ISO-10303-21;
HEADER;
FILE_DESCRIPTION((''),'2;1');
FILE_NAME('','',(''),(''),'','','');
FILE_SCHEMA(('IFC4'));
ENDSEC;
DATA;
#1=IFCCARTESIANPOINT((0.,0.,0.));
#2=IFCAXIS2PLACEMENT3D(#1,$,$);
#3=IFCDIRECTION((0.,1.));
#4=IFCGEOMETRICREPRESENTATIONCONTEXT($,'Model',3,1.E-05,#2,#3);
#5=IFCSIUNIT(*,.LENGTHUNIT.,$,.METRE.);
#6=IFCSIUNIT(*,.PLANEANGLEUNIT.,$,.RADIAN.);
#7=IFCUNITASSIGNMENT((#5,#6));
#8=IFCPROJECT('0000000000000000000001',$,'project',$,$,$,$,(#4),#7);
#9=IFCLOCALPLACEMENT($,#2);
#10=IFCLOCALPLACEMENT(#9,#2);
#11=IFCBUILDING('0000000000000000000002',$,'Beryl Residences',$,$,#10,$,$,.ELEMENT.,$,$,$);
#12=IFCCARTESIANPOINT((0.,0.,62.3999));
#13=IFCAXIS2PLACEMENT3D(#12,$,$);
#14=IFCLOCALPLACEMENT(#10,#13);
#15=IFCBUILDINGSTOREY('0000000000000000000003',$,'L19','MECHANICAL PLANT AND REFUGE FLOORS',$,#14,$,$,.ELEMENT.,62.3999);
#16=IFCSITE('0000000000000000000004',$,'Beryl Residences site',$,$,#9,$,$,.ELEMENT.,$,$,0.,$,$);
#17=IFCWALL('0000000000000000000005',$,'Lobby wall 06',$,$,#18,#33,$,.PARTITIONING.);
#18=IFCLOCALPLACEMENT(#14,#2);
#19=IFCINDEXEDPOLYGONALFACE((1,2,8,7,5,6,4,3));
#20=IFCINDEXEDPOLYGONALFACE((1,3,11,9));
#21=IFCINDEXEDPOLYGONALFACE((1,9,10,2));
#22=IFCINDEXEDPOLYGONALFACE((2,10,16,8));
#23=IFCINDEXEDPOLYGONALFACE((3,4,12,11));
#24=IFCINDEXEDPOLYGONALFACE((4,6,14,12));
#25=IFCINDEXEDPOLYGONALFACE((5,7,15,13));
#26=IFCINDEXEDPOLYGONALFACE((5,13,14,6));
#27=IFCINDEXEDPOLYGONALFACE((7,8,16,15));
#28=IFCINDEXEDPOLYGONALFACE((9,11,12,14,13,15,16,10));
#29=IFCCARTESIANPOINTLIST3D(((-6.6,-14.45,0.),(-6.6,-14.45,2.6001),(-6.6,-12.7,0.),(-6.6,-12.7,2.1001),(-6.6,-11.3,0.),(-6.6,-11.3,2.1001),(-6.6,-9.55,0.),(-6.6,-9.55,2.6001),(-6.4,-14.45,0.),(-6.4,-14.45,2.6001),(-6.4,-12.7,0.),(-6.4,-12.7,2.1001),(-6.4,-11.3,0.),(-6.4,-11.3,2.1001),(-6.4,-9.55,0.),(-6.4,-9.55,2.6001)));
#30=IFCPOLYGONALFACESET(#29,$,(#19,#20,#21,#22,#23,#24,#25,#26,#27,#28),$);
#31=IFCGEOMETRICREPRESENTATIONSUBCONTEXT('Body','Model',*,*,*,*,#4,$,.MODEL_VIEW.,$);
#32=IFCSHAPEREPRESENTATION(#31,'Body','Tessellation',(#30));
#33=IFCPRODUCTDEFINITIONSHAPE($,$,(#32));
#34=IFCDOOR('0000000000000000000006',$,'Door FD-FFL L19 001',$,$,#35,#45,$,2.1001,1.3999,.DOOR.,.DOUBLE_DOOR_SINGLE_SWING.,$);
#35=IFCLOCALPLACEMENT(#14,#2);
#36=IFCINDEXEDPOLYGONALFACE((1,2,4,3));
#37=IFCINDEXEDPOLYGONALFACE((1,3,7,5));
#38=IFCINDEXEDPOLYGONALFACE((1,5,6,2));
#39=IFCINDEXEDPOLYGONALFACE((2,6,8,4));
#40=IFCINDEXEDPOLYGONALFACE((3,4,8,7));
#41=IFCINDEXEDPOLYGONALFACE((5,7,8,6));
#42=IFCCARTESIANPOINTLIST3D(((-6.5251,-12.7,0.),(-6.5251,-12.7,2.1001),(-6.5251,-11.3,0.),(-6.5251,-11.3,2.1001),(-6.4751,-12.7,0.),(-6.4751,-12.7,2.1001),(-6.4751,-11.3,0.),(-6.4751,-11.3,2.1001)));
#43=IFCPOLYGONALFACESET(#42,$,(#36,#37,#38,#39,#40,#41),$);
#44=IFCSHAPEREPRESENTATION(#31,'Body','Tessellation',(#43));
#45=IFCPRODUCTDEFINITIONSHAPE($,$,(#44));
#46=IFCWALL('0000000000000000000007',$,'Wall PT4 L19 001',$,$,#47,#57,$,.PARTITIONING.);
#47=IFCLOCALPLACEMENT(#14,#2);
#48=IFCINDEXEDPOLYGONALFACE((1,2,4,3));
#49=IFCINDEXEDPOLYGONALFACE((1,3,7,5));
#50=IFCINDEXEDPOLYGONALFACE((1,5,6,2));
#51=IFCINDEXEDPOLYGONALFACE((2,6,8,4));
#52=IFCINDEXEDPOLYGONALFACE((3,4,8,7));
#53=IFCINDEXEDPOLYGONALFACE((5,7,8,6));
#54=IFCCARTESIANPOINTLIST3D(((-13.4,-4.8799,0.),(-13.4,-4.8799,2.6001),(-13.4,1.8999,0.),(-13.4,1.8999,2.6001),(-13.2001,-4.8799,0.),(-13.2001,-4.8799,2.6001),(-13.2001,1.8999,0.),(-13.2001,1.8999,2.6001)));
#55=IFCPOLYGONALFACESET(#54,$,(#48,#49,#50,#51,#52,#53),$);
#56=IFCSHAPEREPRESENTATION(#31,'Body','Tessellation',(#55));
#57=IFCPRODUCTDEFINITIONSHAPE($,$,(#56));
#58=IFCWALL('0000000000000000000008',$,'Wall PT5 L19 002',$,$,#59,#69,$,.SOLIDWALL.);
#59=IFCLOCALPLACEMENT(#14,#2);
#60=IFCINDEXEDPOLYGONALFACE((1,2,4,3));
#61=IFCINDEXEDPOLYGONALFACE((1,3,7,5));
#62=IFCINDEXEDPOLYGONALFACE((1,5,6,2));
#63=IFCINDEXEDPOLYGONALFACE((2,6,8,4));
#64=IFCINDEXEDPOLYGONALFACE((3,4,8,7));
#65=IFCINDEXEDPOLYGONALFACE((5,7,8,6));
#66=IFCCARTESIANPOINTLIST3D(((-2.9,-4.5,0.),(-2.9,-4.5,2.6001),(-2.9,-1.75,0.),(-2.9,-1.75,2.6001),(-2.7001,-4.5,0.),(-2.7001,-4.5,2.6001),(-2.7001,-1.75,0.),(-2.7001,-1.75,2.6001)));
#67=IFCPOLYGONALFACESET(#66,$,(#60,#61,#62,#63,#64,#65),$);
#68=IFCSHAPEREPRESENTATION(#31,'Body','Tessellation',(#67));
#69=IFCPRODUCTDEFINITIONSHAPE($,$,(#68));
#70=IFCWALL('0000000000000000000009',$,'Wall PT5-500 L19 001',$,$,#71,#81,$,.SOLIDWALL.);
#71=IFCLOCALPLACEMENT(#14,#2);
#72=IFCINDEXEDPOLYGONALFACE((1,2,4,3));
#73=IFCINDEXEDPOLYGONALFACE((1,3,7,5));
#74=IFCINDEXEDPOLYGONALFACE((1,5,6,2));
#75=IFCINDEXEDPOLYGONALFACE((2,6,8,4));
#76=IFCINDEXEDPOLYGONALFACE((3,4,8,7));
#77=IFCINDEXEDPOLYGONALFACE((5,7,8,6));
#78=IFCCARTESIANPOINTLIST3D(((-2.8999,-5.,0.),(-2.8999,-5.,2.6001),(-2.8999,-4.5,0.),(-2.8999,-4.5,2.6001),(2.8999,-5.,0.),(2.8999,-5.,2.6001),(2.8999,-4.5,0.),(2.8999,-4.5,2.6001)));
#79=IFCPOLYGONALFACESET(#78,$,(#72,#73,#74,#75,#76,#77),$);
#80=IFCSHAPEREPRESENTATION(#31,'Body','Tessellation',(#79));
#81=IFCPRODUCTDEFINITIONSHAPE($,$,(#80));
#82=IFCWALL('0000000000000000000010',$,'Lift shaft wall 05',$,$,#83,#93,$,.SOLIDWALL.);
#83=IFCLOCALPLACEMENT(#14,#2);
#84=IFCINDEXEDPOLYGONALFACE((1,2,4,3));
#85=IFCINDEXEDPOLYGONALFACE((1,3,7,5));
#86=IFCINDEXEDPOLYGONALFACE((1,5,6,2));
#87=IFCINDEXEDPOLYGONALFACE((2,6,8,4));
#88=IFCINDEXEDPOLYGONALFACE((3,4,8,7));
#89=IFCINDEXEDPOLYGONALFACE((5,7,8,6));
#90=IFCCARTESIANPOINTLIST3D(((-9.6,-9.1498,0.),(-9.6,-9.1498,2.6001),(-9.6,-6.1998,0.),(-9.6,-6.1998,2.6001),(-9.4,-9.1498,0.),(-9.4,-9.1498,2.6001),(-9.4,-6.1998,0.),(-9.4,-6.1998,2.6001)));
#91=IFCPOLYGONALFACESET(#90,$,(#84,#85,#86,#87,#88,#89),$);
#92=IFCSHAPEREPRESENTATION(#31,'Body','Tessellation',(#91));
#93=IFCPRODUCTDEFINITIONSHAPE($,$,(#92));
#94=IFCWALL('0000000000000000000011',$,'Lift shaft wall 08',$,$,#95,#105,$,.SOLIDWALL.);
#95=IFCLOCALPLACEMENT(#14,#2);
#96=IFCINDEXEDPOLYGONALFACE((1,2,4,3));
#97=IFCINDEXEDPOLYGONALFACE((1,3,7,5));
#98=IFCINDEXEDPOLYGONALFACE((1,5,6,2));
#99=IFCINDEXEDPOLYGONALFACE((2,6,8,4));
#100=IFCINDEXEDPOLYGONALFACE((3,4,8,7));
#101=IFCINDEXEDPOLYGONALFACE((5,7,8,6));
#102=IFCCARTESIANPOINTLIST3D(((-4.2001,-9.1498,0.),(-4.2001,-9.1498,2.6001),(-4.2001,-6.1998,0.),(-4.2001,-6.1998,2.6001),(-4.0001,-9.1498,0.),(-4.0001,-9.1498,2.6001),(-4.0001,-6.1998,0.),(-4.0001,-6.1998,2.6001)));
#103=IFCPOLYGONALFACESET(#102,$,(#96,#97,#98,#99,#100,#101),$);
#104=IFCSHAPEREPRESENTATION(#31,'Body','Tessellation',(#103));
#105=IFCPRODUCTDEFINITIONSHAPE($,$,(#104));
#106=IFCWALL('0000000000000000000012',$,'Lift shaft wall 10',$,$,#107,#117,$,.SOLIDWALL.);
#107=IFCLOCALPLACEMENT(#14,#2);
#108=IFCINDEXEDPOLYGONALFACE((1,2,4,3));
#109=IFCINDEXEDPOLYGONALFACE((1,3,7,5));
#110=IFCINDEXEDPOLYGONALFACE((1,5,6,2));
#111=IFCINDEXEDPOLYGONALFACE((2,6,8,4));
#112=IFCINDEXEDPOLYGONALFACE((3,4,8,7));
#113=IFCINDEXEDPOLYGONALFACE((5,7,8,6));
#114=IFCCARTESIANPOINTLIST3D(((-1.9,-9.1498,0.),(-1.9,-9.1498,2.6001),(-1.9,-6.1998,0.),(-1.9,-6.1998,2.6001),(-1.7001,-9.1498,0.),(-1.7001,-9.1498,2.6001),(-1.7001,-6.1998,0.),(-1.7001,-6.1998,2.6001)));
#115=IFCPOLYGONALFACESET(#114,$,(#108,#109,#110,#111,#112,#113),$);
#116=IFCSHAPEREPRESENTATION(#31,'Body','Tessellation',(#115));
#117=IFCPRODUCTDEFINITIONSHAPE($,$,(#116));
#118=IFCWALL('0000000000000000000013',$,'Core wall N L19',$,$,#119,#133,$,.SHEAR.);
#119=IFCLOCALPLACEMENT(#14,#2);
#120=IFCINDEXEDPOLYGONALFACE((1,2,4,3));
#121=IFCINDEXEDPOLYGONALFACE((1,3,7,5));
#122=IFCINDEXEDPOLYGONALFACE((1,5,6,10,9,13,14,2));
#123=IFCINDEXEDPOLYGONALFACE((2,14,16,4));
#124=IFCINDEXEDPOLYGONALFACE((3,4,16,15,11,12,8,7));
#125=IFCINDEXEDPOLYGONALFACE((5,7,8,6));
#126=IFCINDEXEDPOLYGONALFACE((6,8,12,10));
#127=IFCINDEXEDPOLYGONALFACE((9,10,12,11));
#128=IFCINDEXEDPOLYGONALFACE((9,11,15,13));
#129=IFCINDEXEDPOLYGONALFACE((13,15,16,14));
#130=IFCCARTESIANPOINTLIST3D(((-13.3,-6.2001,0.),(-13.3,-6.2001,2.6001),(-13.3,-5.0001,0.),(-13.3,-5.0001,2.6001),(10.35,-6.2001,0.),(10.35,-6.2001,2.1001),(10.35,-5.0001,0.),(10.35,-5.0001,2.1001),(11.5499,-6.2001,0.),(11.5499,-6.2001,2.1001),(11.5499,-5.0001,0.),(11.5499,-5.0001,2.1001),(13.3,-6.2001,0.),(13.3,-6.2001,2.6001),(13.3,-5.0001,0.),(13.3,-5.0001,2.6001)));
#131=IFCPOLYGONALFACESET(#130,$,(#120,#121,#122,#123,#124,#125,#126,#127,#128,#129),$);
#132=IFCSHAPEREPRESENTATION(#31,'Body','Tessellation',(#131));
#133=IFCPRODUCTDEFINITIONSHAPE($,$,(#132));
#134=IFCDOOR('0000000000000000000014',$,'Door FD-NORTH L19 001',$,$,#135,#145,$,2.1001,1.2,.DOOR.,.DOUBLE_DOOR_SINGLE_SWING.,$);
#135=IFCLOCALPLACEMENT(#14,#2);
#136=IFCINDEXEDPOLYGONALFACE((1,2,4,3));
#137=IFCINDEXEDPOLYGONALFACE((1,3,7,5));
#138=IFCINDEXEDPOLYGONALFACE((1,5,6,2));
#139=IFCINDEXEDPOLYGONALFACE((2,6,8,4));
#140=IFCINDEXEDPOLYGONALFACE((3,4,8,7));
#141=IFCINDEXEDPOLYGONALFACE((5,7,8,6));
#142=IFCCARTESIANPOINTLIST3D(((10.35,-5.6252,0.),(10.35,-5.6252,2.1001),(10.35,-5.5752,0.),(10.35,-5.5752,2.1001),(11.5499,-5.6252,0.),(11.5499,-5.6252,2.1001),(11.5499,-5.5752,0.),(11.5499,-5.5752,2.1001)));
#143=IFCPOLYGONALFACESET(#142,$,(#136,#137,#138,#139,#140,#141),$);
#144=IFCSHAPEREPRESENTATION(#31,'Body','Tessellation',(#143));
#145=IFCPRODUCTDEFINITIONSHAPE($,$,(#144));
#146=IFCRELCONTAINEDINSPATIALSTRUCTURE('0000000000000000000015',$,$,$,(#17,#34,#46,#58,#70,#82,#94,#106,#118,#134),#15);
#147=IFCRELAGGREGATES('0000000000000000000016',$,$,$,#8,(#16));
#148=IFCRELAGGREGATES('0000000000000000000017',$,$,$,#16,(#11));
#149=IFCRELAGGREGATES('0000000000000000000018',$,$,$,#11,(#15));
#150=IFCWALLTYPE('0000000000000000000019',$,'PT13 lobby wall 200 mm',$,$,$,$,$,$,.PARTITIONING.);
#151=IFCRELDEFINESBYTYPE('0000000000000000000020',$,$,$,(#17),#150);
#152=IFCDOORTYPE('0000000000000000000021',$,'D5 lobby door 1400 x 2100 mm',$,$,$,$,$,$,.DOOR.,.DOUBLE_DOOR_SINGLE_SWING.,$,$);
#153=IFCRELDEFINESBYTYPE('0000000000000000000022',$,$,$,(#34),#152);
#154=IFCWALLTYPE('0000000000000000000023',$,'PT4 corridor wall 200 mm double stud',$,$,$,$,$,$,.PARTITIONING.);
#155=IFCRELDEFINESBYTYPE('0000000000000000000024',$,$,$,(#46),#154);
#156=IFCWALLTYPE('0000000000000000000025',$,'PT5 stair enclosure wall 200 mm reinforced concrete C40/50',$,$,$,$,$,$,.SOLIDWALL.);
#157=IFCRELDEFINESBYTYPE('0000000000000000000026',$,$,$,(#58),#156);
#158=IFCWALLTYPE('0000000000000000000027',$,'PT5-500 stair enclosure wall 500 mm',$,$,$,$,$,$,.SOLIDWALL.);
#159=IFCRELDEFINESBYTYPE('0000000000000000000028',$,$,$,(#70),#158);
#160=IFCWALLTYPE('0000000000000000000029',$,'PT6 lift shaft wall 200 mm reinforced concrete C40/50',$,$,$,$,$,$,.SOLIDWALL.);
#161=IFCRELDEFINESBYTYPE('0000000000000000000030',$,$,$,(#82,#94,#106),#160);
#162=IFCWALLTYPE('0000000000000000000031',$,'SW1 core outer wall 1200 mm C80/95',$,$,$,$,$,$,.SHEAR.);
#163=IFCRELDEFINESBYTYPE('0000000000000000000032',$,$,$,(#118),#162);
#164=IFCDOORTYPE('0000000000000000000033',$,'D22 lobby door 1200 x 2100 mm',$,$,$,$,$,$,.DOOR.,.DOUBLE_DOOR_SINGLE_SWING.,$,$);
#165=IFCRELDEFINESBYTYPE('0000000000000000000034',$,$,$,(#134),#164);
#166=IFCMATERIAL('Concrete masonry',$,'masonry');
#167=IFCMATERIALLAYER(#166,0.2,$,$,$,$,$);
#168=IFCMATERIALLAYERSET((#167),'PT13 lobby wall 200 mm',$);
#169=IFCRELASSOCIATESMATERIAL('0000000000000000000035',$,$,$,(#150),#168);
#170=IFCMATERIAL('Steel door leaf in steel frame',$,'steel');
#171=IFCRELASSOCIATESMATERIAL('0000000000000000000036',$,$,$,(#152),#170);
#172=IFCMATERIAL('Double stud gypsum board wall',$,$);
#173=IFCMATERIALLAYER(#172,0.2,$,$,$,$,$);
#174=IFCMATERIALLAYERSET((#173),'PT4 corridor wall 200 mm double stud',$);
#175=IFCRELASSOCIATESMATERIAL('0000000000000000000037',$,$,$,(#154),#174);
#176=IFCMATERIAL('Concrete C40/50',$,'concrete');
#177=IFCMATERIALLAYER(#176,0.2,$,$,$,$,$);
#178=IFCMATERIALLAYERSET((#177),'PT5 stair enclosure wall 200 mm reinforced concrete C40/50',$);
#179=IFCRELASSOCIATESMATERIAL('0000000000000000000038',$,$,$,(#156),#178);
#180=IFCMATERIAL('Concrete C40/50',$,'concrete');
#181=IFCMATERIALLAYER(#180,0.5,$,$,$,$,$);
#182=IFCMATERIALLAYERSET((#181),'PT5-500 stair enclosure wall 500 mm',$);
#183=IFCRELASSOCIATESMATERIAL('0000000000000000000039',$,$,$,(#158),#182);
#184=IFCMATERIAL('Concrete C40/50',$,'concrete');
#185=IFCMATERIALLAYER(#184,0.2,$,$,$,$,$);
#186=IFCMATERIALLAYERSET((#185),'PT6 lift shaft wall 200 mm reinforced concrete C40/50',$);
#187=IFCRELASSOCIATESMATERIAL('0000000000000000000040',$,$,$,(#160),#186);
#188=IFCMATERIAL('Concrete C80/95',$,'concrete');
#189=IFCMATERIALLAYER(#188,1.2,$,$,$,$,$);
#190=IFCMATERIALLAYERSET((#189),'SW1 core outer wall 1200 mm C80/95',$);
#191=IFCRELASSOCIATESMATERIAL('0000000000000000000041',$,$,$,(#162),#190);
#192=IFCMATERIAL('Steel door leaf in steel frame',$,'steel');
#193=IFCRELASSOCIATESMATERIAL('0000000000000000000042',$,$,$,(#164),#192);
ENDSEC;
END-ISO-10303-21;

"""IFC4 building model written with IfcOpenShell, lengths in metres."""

from ifc_helpers import new_model, si_unit, direction, frame, frame_2d, origin, place, context, subcontext, project, spatial, rectangle, extrude, material, layer, layer_set, type_object, element, fill, save


model = new_model("IFC4")

# Units and contexts
model_context = context("Model", 3, precision=1e-05, world=origin(), true_north=direction((0.0, 1.0)))
body_context = subcontext(model_context, "Body", "Model", "MODEL_VIEW")
ifc_project = project(units=[si_unit("LENGTHUNIT", "METRE"), si_unit("PLANEANGLEUNIT", "RADIAN")], contexts=[model_context])

# Site, building, storey
site_placement = place(None, origin())
site = spatial("IfcSite", under=ifc_project, at=site_placement, Name="Beryl Residences site", CompositionType="ELEMENT", RefElevation=0.0)
building_placement = place(site_placement, origin())
building = spatial("IfcBuilding", under=site, at=building_placement, Name="Beryl Residences", CompositionType="ELEMENT")
storey_placement = place(building_placement, frame((0.0, 0.0, 62.3999)))
storey = spatial("IfcBuildingStorey", under=building, at=storey_placement, Name="L19", Description="MECHANICAL PLANT AND REFUGE FLOORS", CompositionType="ELEMENT", Elevation=62.3999)

# Wall, opening, door
ifc_material_1 = material(Name="Concrete masonry", Category="masonry")
ifc_layer_1 = layer(ifc_material_1, 0.2)
ifc_layer_set_1 = layer_set([ifc_layer_1], Name="PT13 lobby wall 200 mm")
wall_type_1 = type_object("IfcWallType", Name="PT13 lobby wall 200 mm", PredefinedType="PARTITIONING", material=ifc_layer_set_1)
wall_1_placement = place(storey_placement, frame((-6.5, -14.45, 0.0), z_axis=(0.0, 0.0, 1.0), x_axis=(0.0, 1.0, 0.0)))
wall_1 = element("IfcWall", 1, at=wall_1_placement, inside=storey, type_object=wall_type_1, Name="Lobby wall 06", PredefinedType="PARTITIONING", context=body_context, shape_type="SweptSolid", body=[
    extrude(rectangle(XDim=4.8999, YDim=0.2, at=frame_2d((2.45, 0.0))), origin(), (0.0, 0.0, 1.0), 2.6001),
])
opening_1_placement = place(wall_1_placement, frame((3.1499, 0.0, 0.0), z_axis=(0.0, 0.0, 1.0), x_axis=(-1.0, 0.0, 0.0)))
opening_1 = element("IfcOpeningElement", 2, at=opening_1_placement, cuts=wall_1, PredefinedType="OPENING", context=body_context, shape_type="SweptSolid", body=[
    extrude(rectangle(XDim=1.3999, YDim=2.1001, at=frame_2d((0.7, 1.05))), frame((0.0, 0.1099, 0.0), z_axis=(0.0, -1.0, 0.0), x_axis=(1.0, 0.0, 0.0)), (0.0, 0.0, 1.0), 0.22),
])
ifc_material_2 = material(Name="Steel door leaf in steel frame", Category="steel")
door_type_1 = type_object("IfcDoorType", Name="D5 lobby door 1400 x 2100 mm", OperationType="DOUBLE_DOOR_SINGLE_SWING", PredefinedType="DOOR", material=ifc_material_2)
door_1_placement = place(opening_1_placement, origin())
door_1 = element("IfcDoor", 3, at=door_1_placement, inside=storey, type_object=door_type_1, Name="Door FD-FFL L19 001", OperationType="DOUBLE_DOOR_SINGLE_SWING", OverallHeight=2.1001, OverallWidth=1.3999, PredefinedType="DOOR", context=body_context, shape_type="SweptSolid", body=[
    extrude(rectangle(XDim=1.3999, YDim=2.1001, at=frame_2d((0.7, 1.05))), frame((0.0, 0.0249, 0.0), z_axis=(0.0, -1.0, 0.0), x_axis=(1.0, 0.0, 0.0)), (0.0, 0.0, 1.0), 0.05),
])
fill(opening_1, door_1)

# Walls
ifc_material_3 = material(Name="Double stud gypsum board wall")
ifc_layer_2 = layer(ifc_material_3, 0.2)
ifc_layer_set_2 = layer_set([ifc_layer_2], Name="PT4 corridor wall 200 mm double stud")
wall_type_2 = type_object("IfcWallType", Name="PT4 corridor wall 200 mm double stud", PredefinedType="PARTITIONING", material=ifc_layer_set_2)
wall_2_placement = place(storey_placement, frame((-13.3, -4.8799, 0.0), z_axis=(0.0, 0.0, 1.0), x_axis=(0.0, 1.0, 0.0)))
element("IfcWall", 4, at=wall_2_placement, inside=storey, type_object=wall_type_2, Name="Wall PT4 L19 001", PredefinedType="PARTITIONING", context=body_context, shape_type="SweptSolid", body=[
    extrude(rectangle(XDim=6.7798, YDim=0.2, at=frame_2d((3.3899, 0.0))), origin(), (0.0, 0.0, 1.0), 2.6001),
])
ifc_material_4 = material(Name="Concrete C40/50", Category="concrete")
ifc_layer_3 = layer(ifc_material_4, 0.2)
ifc_layer_set_3 = layer_set([ifc_layer_3], Name="PT5 stair enclosure wall 200 mm reinforced concrete C40/50")
wall_type_3 = type_object("IfcWallType", Name="PT5 stair enclosure wall 200 mm reinforced concrete C40/50", PredefinedType="SOLIDWALL", material=ifc_layer_set_3)
wall_3_placement = place(storey_placement, frame((-2.8, -4.5, 0.0), z_axis=(0.0, 0.0, 1.0), x_axis=(0.0, 1.0, 0.0)))
element("IfcWall", 5, at=wall_3_placement, inside=storey, type_object=wall_type_3, Name="Wall PT5 L19 002", PredefinedType="SOLIDWALL", context=body_context, shape_type="SweptSolid", body=[
    extrude(rectangle(XDim=2.75, YDim=0.2, at=frame_2d((1.375, 0.0))), origin(), (0.0, 0.0, 1.0), 2.6001),
])
ifc_material_5 = material(Name="Concrete C40/50", Category="concrete")
ifc_layer_4 = layer(ifc_material_5, 0.5)
ifc_layer_set_4 = layer_set([ifc_layer_4], Name="PT5-500 stair enclosure wall 500 mm")
wall_type_4 = type_object("IfcWallType", Name="PT5-500 stair enclosure wall 500 mm", PredefinedType="SOLIDWALL", material=ifc_layer_set_4)
wall_4_placement = place(storey_placement, frame((-2.8999, -4.75, 0.0), z_axis=(0.0, 0.0, 1.0), x_axis=(1.0, 0.0, 0.0)))
element("IfcWall", 6, at=wall_4_placement, inside=storey, type_object=wall_type_4, Name="Wall PT5-500 L19 001", PredefinedType="SOLIDWALL", context=body_context, shape_type="SweptSolid", body=[
    extrude(rectangle(XDim=5.7998, YDim=0.5, at=frame_2d((2.8999, 0.0))), origin(), (0.0, 0.0, 1.0), 2.6001),
])
ifc_material_6 = material(Name="Concrete C40/50", Category="concrete")
ifc_layer_5 = layer(ifc_material_6, 0.2)
ifc_layer_set_5 = layer_set([ifc_layer_5], Name="PT6 lift shaft wall 200 mm reinforced concrete C40/50")
wall_type_5 = type_object("IfcWallType", Name="PT6 lift shaft wall 200 mm reinforced concrete C40/50", PredefinedType="SOLIDWALL", material=ifc_layer_set_5)
for number, where, z_axis, x_axis, name in (
    (7, (-9.5, -9.1499, 0.0), (0.0, 0.0, 1.0), (0.0, 1.0, 0.0), "Lift shaft wall 05"),
    (8, (-4.1001, -9.1499, 0.0), (0.0, 0.0, 1.0), (0.0, 1.0, 0.0), "Lift shaft wall 08"),
    (9, (-1.8, -9.1499, 0.0), (0.0, 0.0, 1.0), (0.0, 1.0, 0.0), "Lift shaft wall 10"),
):
    element("IfcWall", number, at=place(storey_placement, frame(where, z_axis=z_axis, x_axis=x_axis)), inside=storey, type_object=wall_type_5, Name=name, PredefinedType="SOLIDWALL", context=body_context, shape_type="SweptSolid", body=[
        extrude(rectangle(XDim=2.95, YDim=0.2, at=frame_2d((1.4751, 0.0))), origin(), (0.0, 0.0, 1.0), 2.6001),
    ])

# Wall, opening, door
ifc_material_7 = material(Name="Concrete C80/95", Category="concrete")
ifc_layer_6 = layer(ifc_material_7, 1.2)
ifc_layer_set_6 = layer_set([ifc_layer_6], Name="SW1 core outer wall 1200 mm C80/95")
wall_type_6 = type_object("IfcWallType", Name="SW1 core outer wall 1200 mm C80/95", PredefinedType="SHEAR", material=ifc_layer_set_6)
wall_5_placement = place(storey_placement, frame((-13.3, -5.6001, 0.0), z_axis=(0.0, 0.0, 1.0), x_axis=(1.0, 0.0, 0.0)))
wall_5 = element("IfcWall", 10, at=wall_5_placement, inside=storey, type_object=wall_type_6, Name="Core wall N L19", PredefinedType="SHEAR", context=body_context, shape_type="SweptSolid", body=[
    extrude(rectangle(XDim=26.6001, YDim=1.2, at=frame_2d((13.3, 0.0))), origin(), (0.0, 0.0, 1.0), 2.6001),
])
opening_2_placement = place(wall_5_placement, frame((23.6499, 0.0, 0.0)))
opening_2 = element("IfcOpeningElement", 11, at=opening_2_placement, cuts=wall_5, PredefinedType="OPENING", context=body_context, shape_type="SweptSolid", body=[
    extrude(rectangle(XDim=1.2, YDim=2.1001, at=frame_2d((0.6001, 1.05))), frame((0.0, 0.6099, 0.0), z_axis=(0.0, -1.0, 0.0), x_axis=(1.0, 0.0, 0.0)), (0.0, 0.0, 1.0), 1.22),
])
ifc_material_8 = material(Name="Steel door leaf in steel frame", Category="steel")
door_type_2 = type_object("IfcDoorType", Name="D22 lobby door 1200 x 2100 mm", OperationType="DOUBLE_DOOR_SINGLE_SWING", PredefinedType="DOOR", material=ifc_material_8)
door_2_placement = place(opening_2_placement, origin())
door_2 = element("IfcDoor", 12, at=door_2_placement, inside=storey, type_object=door_type_2, Name="Door FD-NORTH L19 001", OperationType="DOUBLE_DOOR_SINGLE_SWING", OverallHeight=2.1001, OverallWidth=1.2, PredefinedType="DOOR", context=body_context, shape_type="SweptSolid", body=[
    extrude(rectangle(XDim=1.2, YDim=2.1001, at=frame_2d((0.6001, 1.05))), frame((0.0, 0.0249, 0.0), z_axis=(0.0, -1.0, 0.0), x_axis=(1.0, 0.0, 0.0)), (0.0, 0.0, 1.0), 0.05),
])
fill(opening_2, door_2)

save(model, "model.ifc")
